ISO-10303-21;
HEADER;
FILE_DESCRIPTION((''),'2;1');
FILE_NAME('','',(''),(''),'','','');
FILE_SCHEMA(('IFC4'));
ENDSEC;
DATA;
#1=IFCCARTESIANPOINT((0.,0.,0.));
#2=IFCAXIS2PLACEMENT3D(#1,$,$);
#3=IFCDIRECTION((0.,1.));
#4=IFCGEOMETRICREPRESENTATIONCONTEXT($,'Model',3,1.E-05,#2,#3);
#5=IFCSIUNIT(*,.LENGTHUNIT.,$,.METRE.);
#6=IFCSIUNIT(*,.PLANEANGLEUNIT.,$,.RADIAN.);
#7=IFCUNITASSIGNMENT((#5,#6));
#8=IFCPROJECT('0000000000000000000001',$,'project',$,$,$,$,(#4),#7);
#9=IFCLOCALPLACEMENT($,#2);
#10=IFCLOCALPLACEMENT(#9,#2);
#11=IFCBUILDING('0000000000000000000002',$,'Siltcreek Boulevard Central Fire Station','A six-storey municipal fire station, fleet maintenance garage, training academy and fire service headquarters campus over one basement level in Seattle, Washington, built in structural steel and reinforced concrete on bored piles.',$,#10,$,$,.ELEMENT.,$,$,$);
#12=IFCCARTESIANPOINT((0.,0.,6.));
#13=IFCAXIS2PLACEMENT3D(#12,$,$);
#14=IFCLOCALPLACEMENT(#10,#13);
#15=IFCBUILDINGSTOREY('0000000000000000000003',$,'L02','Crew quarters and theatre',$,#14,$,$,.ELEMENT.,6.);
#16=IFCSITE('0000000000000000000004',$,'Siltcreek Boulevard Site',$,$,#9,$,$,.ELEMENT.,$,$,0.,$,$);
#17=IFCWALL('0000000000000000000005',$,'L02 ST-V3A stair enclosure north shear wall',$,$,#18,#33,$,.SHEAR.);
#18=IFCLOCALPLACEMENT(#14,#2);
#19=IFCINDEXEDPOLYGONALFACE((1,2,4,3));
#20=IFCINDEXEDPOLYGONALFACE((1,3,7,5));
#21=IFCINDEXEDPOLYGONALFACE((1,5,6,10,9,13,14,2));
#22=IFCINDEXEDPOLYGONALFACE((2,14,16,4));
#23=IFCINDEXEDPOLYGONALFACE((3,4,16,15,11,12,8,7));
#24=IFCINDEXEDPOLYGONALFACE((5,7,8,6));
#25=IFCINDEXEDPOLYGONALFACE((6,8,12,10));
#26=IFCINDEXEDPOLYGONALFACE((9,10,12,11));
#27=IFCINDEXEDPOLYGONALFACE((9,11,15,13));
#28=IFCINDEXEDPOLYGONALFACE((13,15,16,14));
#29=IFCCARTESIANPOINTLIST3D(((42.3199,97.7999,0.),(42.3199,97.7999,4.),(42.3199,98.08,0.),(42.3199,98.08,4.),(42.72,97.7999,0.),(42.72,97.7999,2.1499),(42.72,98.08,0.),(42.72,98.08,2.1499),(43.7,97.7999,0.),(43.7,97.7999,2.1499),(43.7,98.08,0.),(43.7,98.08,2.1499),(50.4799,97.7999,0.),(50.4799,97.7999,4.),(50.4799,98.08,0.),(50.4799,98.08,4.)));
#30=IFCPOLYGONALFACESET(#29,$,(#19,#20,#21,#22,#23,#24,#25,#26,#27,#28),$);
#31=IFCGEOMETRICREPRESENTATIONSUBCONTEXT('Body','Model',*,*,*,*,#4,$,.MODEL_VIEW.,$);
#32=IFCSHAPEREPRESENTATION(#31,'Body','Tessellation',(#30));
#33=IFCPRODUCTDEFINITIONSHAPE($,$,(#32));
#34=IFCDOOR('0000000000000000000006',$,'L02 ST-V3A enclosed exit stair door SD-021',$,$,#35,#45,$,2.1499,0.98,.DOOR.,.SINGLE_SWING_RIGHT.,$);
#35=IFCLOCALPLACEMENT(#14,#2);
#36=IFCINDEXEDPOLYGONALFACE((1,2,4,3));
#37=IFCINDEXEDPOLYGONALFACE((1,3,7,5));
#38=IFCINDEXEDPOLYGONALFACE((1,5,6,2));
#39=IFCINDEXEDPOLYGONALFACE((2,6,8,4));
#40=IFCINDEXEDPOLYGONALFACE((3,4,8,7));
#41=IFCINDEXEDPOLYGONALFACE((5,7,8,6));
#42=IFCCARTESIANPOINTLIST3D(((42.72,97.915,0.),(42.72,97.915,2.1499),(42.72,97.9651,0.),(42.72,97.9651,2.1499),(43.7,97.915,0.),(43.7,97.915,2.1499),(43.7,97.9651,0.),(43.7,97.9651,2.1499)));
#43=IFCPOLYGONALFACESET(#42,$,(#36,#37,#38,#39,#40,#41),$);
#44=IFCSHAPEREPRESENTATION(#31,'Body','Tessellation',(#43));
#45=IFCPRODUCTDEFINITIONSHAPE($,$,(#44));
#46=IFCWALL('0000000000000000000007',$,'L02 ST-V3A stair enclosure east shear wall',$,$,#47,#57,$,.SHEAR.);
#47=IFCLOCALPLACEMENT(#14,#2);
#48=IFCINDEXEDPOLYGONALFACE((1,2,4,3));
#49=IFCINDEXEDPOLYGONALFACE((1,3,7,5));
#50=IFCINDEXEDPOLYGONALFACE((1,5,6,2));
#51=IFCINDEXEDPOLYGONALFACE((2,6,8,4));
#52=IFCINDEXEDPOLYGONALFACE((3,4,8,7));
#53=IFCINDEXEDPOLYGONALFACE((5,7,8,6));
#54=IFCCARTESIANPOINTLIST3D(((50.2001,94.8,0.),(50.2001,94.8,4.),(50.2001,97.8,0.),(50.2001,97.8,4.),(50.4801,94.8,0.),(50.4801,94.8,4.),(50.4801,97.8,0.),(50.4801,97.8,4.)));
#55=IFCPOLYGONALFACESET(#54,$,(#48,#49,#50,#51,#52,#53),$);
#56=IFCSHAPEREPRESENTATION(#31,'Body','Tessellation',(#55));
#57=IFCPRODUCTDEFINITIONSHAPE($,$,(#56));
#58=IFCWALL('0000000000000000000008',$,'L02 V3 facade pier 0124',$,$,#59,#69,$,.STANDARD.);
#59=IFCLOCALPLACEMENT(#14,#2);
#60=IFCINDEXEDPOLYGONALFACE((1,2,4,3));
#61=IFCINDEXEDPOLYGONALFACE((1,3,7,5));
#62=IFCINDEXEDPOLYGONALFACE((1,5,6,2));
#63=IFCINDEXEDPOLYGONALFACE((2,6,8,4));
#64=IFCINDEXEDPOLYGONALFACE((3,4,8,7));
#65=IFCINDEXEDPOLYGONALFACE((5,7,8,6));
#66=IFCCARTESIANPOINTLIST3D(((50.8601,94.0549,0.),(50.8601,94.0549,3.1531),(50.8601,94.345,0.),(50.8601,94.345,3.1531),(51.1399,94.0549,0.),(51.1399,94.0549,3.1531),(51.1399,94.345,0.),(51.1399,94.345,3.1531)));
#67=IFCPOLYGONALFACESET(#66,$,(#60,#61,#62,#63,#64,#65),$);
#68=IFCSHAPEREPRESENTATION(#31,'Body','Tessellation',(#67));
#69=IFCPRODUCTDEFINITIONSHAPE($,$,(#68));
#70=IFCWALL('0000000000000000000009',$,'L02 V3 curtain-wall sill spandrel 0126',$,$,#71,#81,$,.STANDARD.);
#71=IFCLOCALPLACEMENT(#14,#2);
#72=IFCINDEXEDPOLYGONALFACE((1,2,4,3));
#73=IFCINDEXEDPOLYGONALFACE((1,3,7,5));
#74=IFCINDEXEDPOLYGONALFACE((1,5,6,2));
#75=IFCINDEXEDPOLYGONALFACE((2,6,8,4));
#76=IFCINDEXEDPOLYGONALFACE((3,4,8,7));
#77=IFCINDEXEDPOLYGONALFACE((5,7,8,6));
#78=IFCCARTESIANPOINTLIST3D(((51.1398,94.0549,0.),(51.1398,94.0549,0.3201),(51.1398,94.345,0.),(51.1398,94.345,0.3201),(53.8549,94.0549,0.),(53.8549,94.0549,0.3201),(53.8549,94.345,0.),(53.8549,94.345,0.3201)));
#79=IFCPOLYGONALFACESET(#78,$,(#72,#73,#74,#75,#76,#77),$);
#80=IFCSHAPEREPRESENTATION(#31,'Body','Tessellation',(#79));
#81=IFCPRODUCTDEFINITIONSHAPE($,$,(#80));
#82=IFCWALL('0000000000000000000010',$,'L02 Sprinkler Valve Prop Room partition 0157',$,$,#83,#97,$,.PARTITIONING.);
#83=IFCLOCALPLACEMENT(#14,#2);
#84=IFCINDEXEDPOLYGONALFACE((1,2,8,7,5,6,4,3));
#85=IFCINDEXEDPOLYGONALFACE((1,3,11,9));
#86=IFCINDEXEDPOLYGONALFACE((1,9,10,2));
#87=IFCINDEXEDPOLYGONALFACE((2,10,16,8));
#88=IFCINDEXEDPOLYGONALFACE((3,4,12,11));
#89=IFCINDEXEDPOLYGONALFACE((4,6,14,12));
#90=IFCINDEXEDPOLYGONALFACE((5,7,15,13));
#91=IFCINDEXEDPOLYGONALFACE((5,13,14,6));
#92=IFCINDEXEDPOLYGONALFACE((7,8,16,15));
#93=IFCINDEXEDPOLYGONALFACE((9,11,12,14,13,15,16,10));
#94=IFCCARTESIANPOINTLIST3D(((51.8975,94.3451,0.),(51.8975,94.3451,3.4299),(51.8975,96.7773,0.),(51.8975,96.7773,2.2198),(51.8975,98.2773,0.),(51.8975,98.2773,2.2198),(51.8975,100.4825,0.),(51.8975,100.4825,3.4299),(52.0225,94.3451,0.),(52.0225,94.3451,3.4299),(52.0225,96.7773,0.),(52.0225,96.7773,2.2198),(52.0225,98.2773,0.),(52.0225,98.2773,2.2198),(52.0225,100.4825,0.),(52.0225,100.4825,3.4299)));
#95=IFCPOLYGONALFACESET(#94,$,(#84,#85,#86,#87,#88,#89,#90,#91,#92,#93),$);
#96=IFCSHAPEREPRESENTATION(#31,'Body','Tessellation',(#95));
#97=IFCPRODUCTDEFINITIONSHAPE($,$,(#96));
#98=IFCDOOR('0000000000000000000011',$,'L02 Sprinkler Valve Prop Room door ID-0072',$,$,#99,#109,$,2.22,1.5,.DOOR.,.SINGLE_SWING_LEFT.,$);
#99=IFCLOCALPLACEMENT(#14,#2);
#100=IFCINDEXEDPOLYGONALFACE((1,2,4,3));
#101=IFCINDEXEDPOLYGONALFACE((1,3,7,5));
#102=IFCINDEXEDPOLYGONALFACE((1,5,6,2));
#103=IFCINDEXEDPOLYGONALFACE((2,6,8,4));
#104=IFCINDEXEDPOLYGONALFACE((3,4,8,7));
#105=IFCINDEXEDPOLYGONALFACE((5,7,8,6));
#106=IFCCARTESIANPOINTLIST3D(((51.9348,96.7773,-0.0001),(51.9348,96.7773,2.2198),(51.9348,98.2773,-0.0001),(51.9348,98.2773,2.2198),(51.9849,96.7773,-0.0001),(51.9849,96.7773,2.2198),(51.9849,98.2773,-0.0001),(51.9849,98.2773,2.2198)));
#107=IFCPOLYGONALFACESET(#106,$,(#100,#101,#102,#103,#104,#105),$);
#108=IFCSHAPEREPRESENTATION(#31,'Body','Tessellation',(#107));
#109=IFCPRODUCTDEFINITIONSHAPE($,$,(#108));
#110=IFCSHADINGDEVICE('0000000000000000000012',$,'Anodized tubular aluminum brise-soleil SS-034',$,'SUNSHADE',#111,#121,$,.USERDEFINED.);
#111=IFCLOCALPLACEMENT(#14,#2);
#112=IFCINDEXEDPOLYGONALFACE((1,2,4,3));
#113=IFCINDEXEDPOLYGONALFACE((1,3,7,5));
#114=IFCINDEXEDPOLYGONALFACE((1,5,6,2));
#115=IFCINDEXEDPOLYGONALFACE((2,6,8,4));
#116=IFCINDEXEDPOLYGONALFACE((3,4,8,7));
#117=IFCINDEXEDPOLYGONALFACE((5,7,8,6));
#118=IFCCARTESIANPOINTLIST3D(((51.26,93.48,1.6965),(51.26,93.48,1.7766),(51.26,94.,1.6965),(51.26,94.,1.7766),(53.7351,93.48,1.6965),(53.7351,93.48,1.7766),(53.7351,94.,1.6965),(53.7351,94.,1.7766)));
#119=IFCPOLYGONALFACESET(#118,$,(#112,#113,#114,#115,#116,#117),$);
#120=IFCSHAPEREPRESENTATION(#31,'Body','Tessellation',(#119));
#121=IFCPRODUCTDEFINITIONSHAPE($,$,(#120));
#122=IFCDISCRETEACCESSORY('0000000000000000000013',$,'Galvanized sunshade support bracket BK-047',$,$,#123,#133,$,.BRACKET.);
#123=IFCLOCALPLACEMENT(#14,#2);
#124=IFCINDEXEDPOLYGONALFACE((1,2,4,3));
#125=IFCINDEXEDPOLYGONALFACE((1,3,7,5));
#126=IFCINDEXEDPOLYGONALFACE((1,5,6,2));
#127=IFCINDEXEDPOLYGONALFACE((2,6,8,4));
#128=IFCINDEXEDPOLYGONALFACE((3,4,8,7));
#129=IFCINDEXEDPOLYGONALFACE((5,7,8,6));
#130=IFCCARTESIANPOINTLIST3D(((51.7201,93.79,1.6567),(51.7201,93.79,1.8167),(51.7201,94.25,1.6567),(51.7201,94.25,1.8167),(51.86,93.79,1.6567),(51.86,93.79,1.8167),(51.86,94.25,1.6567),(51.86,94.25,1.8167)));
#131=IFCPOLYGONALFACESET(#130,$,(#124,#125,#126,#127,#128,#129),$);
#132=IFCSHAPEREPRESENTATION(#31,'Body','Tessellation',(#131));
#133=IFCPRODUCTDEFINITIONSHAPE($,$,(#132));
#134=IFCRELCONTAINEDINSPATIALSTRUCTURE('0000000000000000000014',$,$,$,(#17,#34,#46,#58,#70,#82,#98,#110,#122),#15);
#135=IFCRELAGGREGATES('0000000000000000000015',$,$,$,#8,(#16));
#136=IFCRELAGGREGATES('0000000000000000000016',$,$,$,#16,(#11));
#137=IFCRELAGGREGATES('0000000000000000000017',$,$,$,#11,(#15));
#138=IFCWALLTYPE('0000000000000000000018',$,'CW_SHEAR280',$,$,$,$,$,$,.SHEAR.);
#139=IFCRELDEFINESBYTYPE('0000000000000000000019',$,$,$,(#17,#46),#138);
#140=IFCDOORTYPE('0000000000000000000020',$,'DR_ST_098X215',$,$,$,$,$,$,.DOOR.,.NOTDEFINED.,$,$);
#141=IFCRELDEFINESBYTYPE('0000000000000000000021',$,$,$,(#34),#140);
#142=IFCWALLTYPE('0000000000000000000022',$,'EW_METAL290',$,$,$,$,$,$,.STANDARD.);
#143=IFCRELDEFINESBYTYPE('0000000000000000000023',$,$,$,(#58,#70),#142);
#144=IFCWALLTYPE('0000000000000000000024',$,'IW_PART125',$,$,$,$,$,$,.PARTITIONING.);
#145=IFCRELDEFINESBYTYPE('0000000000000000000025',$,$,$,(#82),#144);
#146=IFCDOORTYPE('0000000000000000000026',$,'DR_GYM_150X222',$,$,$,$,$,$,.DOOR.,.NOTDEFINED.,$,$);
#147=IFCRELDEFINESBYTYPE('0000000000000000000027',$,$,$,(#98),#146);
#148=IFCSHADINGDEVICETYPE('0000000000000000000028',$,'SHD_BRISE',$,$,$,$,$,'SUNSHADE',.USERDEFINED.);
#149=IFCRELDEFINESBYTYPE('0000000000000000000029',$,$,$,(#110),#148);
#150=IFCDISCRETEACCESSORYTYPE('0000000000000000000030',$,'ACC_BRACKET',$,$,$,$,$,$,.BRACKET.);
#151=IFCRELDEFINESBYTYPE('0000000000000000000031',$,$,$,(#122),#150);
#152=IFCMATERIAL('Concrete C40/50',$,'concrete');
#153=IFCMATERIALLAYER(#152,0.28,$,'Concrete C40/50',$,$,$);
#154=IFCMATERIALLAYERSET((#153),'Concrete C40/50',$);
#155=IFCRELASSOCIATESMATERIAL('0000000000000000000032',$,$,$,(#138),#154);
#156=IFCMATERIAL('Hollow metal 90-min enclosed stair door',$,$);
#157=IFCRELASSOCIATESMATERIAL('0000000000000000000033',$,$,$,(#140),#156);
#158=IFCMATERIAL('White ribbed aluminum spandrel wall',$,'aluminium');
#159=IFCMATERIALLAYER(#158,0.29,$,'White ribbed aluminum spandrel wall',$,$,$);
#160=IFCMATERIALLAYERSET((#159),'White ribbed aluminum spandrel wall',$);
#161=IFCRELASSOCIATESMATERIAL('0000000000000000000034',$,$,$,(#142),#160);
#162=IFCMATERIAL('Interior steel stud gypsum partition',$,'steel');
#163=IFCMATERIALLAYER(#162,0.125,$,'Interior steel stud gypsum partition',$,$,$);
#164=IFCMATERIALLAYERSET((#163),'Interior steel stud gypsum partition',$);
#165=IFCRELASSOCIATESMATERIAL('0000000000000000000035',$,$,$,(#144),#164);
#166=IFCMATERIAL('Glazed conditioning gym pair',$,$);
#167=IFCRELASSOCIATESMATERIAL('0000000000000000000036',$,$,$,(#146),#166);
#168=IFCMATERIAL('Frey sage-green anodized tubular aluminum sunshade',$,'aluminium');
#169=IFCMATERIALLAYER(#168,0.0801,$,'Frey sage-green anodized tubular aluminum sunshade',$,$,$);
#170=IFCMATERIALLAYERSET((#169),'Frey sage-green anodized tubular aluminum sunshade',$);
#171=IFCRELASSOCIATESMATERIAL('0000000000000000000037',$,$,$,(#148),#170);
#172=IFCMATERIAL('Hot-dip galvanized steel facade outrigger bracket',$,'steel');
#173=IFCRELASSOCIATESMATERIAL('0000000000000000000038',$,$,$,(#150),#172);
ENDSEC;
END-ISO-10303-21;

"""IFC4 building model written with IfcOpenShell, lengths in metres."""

from ifc_helpers import new_model, si_unit, direction, frame, frame_2d, origin, origin_2d, place, context, subcontext, project, spatial, rectangle, extrude, material, layer, layer_set, type_object, element, fill, save


model = new_model("IFC4")

# Units and contexts
model_context = context("Model", 3, precision=1e-05, world=origin(), true_north=direction((0.0, 1.0)))
body_context = subcontext(model_context, "Body", "Model", "MODEL_VIEW")
ifc_project = project(units=[si_unit("LENGTHUNIT", "METRE"), si_unit("PLANEANGLEUNIT", "RADIAN")], contexts=[model_context])

# Site, building, storey
site_placement = place(None, origin())
site = spatial("IfcSite", under=ifc_project, at=site_placement, Name="Siltcreek Boulevard Site", CompositionType="ELEMENT", RefElevation=0.0)
building_placement = place(site_placement, origin())
building = spatial("IfcBuilding", under=site, at=building_placement, Name="Siltcreek Boulevard Central Fire Station", Description="A six-storey municipal fire station, fleet maintenance garage, training academy and fire service headquarters campus over one basement level in Seattle, Washington, built in structural steel and reinforced concrete on bored piles.", CompositionType="ELEMENT")
storey_placement = place(building_placement, frame((0.0, 0.0, 6.0)))
storey = spatial("IfcBuildingStorey", under=building, at=storey_placement, Name="L02", Description="Crew quarters and theatre", CompositionType="ELEMENT", Elevation=6.0)

# Wall, opening, door
ifc_material_1 = material(Name="Concrete C40/50", Category="concrete")
ifc_layer_1 = layer(ifc_material_1, 0.28, Name="Concrete C40/50")
ifc_layer_set_1 = layer_set([ifc_layer_1], Name="Concrete C40/50")
wall_type_1 = type_object("IfcWallType", Name="CW_SHEAR280", PredefinedType="SHEAR", material=ifc_layer_set_1)
wall_1_placement = place(storey_placement, frame((50.48, 97.9399, 0.0), z_axis=(0.0, 0.0, 1.0), x_axis=(-1.0, 0.0, 0.0)))
wall_1 = element("IfcWall", 1, at=wall_1_placement, inside=storey, type_object=wall_type_1, Name="L02 ST-V3A stair enclosure north shear wall", PredefinedType="SHEAR", context=body_context, shape_type="SweptSolid", body=[
    extrude(rectangle(XDim=8.1599, YDim=0.28, at=frame_2d((4.0801, 0.0))), origin(), (0.0, 0.0, 1.0), 4.0),
])
opening_1_placement = place(wall_1_placement, frame((6.78, 0.0, 0.0)))
opening_1 = element("IfcOpeningElement", 2, at=opening_1_placement, cuts=wall_1, PredefinedType="OPENING", context=body_context, shape_type="SweptSolid", body=[
    extrude(rectangle(XDim=0.98, YDim=2.1499, at=frame_2d((0.49, 1.075))), frame((0.0, 0.1499, 0.0), z_axis=(0.0, -1.0, 0.0), x_axis=(1.0, 0.0, 0.0)), (0.0, 0.0, 1.0), 0.3),
])
ifc_material_2 = material(Name="Hollow metal 90-min enclosed stair door")
door_type_1 = type_object("IfcDoorType", Name="DR_ST_098X215", OperationType="NOTDEFINED", PredefinedType="DOOR", material=ifc_material_2)
door_1_placement = place(opening_1_placement, origin())
door_1 = element("IfcDoor", 3, at=door_1_placement, inside=storey, type_object=door_type_1, Name="L02 ST-V3A enclosed exit stair door SD-021", OperationType="SINGLE_SWING_RIGHT", OverallHeight=2.1499, OverallWidth=0.98, PredefinedType="DOOR", context=body_context, shape_type="SweptSolid", body=[
    extrude(rectangle(XDim=0.98, YDim=2.1499, at=frame_2d((0.49, 1.075))), frame((0.0, 0.0249, 0.0), z_axis=(0.0, -1.0, 0.0), x_axis=(1.0, 0.0, 0.0)), (0.0, 0.0, 1.0), 0.05),
])
fill(opening_1, door_1)

# Walls
wall_2_placement = place(storey_placement, frame((50.3401, 94.8, 0.0), z_axis=(0.0, 0.0, 1.0), x_axis=(0.0, 1.0, 0.0)))
element("IfcWall", 4, at=wall_2_placement, inside=storey, type_object=wall_type_1, Name="L02 ST-V3A stair enclosure east shear wall", PredefinedType="SHEAR", context=body_context, shape_type="SweptSolid", body=[
    extrude(rectangle(XDim=3.0, YDim=0.28, at=frame_2d((1.5, 0.0))), origin(), (0.0, 0.0, 1.0), 4.0),
])
ifc_material_3 = material(Name="White ribbed aluminum spandrel wall", Category="aluminium")
ifc_layer_2 = layer(ifc_material_3, 0.29, Name="White ribbed aluminum spandrel wall")
ifc_layer_set_2 = layer_set([ifc_layer_2], Name="White ribbed aluminum spandrel wall")
wall_type_2 = type_object("IfcWallType", Name="EW_METAL290", PredefinedType="STANDARD", material=ifc_layer_set_2)
wall_3_placement = place(storey_placement, frame((50.8601, 94.2, 0.0), z_axis=(0.0, 0.0, 1.0), x_axis=(1.0, 0.0, 0.0)))
element("IfcWall", 5, at=wall_3_placement, inside=storey, type_object=wall_type_2, Name="L02 V3 facade pier 0124", PredefinedType="STANDARD", context=body_context, shape_type="SweptSolid", body=[
    extrude(rectangle(XDim=0.2798, YDim=0.29, at=frame_2d((0.1399, 0.0))), origin(), (0.0, 0.0, 1.0), 3.1531),
])
wall_4_placement = place(storey_placement, frame((51.1399, 94.2, 0.0), z_axis=(0.0, 0.0, 1.0), x_axis=(1.0, 0.0, 0.0)))
element("IfcWall", 6, at=wall_4_placement, inside=storey, type_object=wall_type_2, Name="L02 V3 curtain-wall sill spandrel 0126", PredefinedType="STANDARD", context=body_context, shape_type="SweptSolid", body=[
    extrude(rectangle(XDim=2.7151, YDim=0.29, at=frame_2d((1.3574, 0.0))), origin(), (0.0, 0.0, 1.0), 0.3201),
])

# Wall, opening, door
ifc_material_4 = material(Name="Interior steel stud gypsum partition", Category="steel")
ifc_layer_3 = layer(ifc_material_4, 0.125, Name="Interior steel stud gypsum partition")
ifc_layer_set_3 = layer_set([ifc_layer_3], Name="Interior steel stud gypsum partition")
wall_type_3 = type_object("IfcWallType", Name="IW_PART125", PredefinedType="PARTITIONING", material=ifc_layer_set_3)
wall_5_placement = place(storey_placement, frame((51.96, 94.345, 0.0), z_axis=(0.0, 0.0, 1.0), x_axis=(0.0, 1.0, 0.0)))
wall_5 = element("IfcWall", 7, at=wall_5_placement, inside=storey, type_object=wall_type_3, Name="L02 Sprinkler Valve Prop Room partition 0157", PredefinedType="PARTITIONING", context=body_context, shape_type="SweptSolid", body=[
    extrude(rectangle(XDim=6.1375, YDim=0.125, at=frame_2d((3.0688, 0.0))), origin(), (0.0, 0.0, 1.0), 3.4299),
])
opening_2_placement = place(wall_5_placement, frame((2.4324, 0.0, 0.0)))
opening_2 = element("IfcOpeningElement", 8, at=opening_2_placement, cuts=wall_5, PredefinedType="OPENING", context=body_context, shape_type="SweptSolid", body=[
    extrude(rectangle(XDim=1.5, YDim=2.22, at=frame_2d((0.75, 1.1099))), frame((0.0, 0.0725, 0.0), z_axis=(0.0, -1.0, 0.0), x_axis=(1.0, 0.0, 0.0)), (0.0, 0.0, 1.0), 0.145),
])
ifc_material_5 = material(Name="Glazed conditioning gym pair")
door_type_2 = type_object("IfcDoorType", Name="DR_GYM_150X222", OperationType="NOTDEFINED", PredefinedType="DOOR", material=ifc_material_5)
door_2_placement = place(opening_2_placement, frame((1.5, 0.0, 0.0), z_axis=(0.0, 0.0, 1.0), x_axis=(-1.0, 0.0, 0.0)))
door_2 = element("IfcDoor", 9, at=door_2_placement, inside=storey, type_object=door_type_2, Name="L02 Sprinkler Valve Prop Room door ID-0072", OperationType="SINGLE_SWING_LEFT", OverallHeight=2.22, OverallWidth=1.5, PredefinedType="DOOR", context=body_context, shape_type="SweptSolid", body=[
    extrude(rectangle(XDim=1.5, YDim=2.22, at=frame_2d((0.75, 1.1099))), frame((0.0, 0.0249, 0.0), z_axis=(0.0, -1.0, 0.0), x_axis=(1.0, 0.0, 0.0)), (0.0, 0.0, 1.0), 0.05),
])
fill(opening_2, door_2)

# Shading device
ifc_material_6 = material(Name="Frey sage-green anodized tubular aluminum sunshade", Category="aluminium")
ifc_layer_4 = layer(ifc_material_6, 0.0801, Name="Frey sage-green anodized tubular aluminum sunshade")
ifc_layer_set_4 = layer_set([ifc_layer_4], Name="Frey sage-green anodized tubular aluminum sunshade")
shading_device_type = type_object("IfcShadingDeviceType", Name="SHD_BRISE", ElementType="SUNSHADE", PredefinedType="USERDEFINED", material=ifc_layer_set_4)
shading_device_placement = place(storey_placement, frame((52.4976, 93.74, 1.6965), z_axis=(0.0, 0.0, 1.0), x_axis=(1.0, 0.0, 0.0)))
element("IfcShadingDevice", 10, at=shading_device_placement, inside=storey, type_object=shading_device_type, Name="Anodized tubular aluminum brise-soleil SS-034", ObjectType="SUNSHADE", PredefinedType="USERDEFINED", context=body_context, shape_type="SweptSolid", body=[
    extrude(rectangle(XDim=2.4751, YDim=0.52, at=origin_2d()), origin(), (0.0, 0.0, 1.0), 0.0801),
])

# Discrete accessory
ifc_material_7 = material(Name="Hot-dip galvanized steel facade outrigger bracket", Category="steel")
discrete_accessory_type = type_object("IfcDiscreteAccessoryType", Name="ACC_BRACKET", PredefinedType="BRACKET", material=ifc_material_7)
discrete_accessory_placement = place(storey_placement, frame((51.79, 94.02, 1.6567), z_axis=(0.0, 0.0, 1.0), x_axis=(1.0, 0.0, 0.0)))
element("IfcDiscreteAccessory", 11, at=discrete_accessory_placement, inside=storey, type_object=discrete_accessory_type, Name="Galvanized sunshade support bracket BK-047", PredefinedType="BRACKET", context=body_context, shape_type="SweptSolid", body=[
    extrude(rectangle(XDim=0.1399, YDim=0.46, at=origin_2d()), origin(), (0.0, 0.0, 1.0), 0.1599),
])

save(model, "model.ifc")
